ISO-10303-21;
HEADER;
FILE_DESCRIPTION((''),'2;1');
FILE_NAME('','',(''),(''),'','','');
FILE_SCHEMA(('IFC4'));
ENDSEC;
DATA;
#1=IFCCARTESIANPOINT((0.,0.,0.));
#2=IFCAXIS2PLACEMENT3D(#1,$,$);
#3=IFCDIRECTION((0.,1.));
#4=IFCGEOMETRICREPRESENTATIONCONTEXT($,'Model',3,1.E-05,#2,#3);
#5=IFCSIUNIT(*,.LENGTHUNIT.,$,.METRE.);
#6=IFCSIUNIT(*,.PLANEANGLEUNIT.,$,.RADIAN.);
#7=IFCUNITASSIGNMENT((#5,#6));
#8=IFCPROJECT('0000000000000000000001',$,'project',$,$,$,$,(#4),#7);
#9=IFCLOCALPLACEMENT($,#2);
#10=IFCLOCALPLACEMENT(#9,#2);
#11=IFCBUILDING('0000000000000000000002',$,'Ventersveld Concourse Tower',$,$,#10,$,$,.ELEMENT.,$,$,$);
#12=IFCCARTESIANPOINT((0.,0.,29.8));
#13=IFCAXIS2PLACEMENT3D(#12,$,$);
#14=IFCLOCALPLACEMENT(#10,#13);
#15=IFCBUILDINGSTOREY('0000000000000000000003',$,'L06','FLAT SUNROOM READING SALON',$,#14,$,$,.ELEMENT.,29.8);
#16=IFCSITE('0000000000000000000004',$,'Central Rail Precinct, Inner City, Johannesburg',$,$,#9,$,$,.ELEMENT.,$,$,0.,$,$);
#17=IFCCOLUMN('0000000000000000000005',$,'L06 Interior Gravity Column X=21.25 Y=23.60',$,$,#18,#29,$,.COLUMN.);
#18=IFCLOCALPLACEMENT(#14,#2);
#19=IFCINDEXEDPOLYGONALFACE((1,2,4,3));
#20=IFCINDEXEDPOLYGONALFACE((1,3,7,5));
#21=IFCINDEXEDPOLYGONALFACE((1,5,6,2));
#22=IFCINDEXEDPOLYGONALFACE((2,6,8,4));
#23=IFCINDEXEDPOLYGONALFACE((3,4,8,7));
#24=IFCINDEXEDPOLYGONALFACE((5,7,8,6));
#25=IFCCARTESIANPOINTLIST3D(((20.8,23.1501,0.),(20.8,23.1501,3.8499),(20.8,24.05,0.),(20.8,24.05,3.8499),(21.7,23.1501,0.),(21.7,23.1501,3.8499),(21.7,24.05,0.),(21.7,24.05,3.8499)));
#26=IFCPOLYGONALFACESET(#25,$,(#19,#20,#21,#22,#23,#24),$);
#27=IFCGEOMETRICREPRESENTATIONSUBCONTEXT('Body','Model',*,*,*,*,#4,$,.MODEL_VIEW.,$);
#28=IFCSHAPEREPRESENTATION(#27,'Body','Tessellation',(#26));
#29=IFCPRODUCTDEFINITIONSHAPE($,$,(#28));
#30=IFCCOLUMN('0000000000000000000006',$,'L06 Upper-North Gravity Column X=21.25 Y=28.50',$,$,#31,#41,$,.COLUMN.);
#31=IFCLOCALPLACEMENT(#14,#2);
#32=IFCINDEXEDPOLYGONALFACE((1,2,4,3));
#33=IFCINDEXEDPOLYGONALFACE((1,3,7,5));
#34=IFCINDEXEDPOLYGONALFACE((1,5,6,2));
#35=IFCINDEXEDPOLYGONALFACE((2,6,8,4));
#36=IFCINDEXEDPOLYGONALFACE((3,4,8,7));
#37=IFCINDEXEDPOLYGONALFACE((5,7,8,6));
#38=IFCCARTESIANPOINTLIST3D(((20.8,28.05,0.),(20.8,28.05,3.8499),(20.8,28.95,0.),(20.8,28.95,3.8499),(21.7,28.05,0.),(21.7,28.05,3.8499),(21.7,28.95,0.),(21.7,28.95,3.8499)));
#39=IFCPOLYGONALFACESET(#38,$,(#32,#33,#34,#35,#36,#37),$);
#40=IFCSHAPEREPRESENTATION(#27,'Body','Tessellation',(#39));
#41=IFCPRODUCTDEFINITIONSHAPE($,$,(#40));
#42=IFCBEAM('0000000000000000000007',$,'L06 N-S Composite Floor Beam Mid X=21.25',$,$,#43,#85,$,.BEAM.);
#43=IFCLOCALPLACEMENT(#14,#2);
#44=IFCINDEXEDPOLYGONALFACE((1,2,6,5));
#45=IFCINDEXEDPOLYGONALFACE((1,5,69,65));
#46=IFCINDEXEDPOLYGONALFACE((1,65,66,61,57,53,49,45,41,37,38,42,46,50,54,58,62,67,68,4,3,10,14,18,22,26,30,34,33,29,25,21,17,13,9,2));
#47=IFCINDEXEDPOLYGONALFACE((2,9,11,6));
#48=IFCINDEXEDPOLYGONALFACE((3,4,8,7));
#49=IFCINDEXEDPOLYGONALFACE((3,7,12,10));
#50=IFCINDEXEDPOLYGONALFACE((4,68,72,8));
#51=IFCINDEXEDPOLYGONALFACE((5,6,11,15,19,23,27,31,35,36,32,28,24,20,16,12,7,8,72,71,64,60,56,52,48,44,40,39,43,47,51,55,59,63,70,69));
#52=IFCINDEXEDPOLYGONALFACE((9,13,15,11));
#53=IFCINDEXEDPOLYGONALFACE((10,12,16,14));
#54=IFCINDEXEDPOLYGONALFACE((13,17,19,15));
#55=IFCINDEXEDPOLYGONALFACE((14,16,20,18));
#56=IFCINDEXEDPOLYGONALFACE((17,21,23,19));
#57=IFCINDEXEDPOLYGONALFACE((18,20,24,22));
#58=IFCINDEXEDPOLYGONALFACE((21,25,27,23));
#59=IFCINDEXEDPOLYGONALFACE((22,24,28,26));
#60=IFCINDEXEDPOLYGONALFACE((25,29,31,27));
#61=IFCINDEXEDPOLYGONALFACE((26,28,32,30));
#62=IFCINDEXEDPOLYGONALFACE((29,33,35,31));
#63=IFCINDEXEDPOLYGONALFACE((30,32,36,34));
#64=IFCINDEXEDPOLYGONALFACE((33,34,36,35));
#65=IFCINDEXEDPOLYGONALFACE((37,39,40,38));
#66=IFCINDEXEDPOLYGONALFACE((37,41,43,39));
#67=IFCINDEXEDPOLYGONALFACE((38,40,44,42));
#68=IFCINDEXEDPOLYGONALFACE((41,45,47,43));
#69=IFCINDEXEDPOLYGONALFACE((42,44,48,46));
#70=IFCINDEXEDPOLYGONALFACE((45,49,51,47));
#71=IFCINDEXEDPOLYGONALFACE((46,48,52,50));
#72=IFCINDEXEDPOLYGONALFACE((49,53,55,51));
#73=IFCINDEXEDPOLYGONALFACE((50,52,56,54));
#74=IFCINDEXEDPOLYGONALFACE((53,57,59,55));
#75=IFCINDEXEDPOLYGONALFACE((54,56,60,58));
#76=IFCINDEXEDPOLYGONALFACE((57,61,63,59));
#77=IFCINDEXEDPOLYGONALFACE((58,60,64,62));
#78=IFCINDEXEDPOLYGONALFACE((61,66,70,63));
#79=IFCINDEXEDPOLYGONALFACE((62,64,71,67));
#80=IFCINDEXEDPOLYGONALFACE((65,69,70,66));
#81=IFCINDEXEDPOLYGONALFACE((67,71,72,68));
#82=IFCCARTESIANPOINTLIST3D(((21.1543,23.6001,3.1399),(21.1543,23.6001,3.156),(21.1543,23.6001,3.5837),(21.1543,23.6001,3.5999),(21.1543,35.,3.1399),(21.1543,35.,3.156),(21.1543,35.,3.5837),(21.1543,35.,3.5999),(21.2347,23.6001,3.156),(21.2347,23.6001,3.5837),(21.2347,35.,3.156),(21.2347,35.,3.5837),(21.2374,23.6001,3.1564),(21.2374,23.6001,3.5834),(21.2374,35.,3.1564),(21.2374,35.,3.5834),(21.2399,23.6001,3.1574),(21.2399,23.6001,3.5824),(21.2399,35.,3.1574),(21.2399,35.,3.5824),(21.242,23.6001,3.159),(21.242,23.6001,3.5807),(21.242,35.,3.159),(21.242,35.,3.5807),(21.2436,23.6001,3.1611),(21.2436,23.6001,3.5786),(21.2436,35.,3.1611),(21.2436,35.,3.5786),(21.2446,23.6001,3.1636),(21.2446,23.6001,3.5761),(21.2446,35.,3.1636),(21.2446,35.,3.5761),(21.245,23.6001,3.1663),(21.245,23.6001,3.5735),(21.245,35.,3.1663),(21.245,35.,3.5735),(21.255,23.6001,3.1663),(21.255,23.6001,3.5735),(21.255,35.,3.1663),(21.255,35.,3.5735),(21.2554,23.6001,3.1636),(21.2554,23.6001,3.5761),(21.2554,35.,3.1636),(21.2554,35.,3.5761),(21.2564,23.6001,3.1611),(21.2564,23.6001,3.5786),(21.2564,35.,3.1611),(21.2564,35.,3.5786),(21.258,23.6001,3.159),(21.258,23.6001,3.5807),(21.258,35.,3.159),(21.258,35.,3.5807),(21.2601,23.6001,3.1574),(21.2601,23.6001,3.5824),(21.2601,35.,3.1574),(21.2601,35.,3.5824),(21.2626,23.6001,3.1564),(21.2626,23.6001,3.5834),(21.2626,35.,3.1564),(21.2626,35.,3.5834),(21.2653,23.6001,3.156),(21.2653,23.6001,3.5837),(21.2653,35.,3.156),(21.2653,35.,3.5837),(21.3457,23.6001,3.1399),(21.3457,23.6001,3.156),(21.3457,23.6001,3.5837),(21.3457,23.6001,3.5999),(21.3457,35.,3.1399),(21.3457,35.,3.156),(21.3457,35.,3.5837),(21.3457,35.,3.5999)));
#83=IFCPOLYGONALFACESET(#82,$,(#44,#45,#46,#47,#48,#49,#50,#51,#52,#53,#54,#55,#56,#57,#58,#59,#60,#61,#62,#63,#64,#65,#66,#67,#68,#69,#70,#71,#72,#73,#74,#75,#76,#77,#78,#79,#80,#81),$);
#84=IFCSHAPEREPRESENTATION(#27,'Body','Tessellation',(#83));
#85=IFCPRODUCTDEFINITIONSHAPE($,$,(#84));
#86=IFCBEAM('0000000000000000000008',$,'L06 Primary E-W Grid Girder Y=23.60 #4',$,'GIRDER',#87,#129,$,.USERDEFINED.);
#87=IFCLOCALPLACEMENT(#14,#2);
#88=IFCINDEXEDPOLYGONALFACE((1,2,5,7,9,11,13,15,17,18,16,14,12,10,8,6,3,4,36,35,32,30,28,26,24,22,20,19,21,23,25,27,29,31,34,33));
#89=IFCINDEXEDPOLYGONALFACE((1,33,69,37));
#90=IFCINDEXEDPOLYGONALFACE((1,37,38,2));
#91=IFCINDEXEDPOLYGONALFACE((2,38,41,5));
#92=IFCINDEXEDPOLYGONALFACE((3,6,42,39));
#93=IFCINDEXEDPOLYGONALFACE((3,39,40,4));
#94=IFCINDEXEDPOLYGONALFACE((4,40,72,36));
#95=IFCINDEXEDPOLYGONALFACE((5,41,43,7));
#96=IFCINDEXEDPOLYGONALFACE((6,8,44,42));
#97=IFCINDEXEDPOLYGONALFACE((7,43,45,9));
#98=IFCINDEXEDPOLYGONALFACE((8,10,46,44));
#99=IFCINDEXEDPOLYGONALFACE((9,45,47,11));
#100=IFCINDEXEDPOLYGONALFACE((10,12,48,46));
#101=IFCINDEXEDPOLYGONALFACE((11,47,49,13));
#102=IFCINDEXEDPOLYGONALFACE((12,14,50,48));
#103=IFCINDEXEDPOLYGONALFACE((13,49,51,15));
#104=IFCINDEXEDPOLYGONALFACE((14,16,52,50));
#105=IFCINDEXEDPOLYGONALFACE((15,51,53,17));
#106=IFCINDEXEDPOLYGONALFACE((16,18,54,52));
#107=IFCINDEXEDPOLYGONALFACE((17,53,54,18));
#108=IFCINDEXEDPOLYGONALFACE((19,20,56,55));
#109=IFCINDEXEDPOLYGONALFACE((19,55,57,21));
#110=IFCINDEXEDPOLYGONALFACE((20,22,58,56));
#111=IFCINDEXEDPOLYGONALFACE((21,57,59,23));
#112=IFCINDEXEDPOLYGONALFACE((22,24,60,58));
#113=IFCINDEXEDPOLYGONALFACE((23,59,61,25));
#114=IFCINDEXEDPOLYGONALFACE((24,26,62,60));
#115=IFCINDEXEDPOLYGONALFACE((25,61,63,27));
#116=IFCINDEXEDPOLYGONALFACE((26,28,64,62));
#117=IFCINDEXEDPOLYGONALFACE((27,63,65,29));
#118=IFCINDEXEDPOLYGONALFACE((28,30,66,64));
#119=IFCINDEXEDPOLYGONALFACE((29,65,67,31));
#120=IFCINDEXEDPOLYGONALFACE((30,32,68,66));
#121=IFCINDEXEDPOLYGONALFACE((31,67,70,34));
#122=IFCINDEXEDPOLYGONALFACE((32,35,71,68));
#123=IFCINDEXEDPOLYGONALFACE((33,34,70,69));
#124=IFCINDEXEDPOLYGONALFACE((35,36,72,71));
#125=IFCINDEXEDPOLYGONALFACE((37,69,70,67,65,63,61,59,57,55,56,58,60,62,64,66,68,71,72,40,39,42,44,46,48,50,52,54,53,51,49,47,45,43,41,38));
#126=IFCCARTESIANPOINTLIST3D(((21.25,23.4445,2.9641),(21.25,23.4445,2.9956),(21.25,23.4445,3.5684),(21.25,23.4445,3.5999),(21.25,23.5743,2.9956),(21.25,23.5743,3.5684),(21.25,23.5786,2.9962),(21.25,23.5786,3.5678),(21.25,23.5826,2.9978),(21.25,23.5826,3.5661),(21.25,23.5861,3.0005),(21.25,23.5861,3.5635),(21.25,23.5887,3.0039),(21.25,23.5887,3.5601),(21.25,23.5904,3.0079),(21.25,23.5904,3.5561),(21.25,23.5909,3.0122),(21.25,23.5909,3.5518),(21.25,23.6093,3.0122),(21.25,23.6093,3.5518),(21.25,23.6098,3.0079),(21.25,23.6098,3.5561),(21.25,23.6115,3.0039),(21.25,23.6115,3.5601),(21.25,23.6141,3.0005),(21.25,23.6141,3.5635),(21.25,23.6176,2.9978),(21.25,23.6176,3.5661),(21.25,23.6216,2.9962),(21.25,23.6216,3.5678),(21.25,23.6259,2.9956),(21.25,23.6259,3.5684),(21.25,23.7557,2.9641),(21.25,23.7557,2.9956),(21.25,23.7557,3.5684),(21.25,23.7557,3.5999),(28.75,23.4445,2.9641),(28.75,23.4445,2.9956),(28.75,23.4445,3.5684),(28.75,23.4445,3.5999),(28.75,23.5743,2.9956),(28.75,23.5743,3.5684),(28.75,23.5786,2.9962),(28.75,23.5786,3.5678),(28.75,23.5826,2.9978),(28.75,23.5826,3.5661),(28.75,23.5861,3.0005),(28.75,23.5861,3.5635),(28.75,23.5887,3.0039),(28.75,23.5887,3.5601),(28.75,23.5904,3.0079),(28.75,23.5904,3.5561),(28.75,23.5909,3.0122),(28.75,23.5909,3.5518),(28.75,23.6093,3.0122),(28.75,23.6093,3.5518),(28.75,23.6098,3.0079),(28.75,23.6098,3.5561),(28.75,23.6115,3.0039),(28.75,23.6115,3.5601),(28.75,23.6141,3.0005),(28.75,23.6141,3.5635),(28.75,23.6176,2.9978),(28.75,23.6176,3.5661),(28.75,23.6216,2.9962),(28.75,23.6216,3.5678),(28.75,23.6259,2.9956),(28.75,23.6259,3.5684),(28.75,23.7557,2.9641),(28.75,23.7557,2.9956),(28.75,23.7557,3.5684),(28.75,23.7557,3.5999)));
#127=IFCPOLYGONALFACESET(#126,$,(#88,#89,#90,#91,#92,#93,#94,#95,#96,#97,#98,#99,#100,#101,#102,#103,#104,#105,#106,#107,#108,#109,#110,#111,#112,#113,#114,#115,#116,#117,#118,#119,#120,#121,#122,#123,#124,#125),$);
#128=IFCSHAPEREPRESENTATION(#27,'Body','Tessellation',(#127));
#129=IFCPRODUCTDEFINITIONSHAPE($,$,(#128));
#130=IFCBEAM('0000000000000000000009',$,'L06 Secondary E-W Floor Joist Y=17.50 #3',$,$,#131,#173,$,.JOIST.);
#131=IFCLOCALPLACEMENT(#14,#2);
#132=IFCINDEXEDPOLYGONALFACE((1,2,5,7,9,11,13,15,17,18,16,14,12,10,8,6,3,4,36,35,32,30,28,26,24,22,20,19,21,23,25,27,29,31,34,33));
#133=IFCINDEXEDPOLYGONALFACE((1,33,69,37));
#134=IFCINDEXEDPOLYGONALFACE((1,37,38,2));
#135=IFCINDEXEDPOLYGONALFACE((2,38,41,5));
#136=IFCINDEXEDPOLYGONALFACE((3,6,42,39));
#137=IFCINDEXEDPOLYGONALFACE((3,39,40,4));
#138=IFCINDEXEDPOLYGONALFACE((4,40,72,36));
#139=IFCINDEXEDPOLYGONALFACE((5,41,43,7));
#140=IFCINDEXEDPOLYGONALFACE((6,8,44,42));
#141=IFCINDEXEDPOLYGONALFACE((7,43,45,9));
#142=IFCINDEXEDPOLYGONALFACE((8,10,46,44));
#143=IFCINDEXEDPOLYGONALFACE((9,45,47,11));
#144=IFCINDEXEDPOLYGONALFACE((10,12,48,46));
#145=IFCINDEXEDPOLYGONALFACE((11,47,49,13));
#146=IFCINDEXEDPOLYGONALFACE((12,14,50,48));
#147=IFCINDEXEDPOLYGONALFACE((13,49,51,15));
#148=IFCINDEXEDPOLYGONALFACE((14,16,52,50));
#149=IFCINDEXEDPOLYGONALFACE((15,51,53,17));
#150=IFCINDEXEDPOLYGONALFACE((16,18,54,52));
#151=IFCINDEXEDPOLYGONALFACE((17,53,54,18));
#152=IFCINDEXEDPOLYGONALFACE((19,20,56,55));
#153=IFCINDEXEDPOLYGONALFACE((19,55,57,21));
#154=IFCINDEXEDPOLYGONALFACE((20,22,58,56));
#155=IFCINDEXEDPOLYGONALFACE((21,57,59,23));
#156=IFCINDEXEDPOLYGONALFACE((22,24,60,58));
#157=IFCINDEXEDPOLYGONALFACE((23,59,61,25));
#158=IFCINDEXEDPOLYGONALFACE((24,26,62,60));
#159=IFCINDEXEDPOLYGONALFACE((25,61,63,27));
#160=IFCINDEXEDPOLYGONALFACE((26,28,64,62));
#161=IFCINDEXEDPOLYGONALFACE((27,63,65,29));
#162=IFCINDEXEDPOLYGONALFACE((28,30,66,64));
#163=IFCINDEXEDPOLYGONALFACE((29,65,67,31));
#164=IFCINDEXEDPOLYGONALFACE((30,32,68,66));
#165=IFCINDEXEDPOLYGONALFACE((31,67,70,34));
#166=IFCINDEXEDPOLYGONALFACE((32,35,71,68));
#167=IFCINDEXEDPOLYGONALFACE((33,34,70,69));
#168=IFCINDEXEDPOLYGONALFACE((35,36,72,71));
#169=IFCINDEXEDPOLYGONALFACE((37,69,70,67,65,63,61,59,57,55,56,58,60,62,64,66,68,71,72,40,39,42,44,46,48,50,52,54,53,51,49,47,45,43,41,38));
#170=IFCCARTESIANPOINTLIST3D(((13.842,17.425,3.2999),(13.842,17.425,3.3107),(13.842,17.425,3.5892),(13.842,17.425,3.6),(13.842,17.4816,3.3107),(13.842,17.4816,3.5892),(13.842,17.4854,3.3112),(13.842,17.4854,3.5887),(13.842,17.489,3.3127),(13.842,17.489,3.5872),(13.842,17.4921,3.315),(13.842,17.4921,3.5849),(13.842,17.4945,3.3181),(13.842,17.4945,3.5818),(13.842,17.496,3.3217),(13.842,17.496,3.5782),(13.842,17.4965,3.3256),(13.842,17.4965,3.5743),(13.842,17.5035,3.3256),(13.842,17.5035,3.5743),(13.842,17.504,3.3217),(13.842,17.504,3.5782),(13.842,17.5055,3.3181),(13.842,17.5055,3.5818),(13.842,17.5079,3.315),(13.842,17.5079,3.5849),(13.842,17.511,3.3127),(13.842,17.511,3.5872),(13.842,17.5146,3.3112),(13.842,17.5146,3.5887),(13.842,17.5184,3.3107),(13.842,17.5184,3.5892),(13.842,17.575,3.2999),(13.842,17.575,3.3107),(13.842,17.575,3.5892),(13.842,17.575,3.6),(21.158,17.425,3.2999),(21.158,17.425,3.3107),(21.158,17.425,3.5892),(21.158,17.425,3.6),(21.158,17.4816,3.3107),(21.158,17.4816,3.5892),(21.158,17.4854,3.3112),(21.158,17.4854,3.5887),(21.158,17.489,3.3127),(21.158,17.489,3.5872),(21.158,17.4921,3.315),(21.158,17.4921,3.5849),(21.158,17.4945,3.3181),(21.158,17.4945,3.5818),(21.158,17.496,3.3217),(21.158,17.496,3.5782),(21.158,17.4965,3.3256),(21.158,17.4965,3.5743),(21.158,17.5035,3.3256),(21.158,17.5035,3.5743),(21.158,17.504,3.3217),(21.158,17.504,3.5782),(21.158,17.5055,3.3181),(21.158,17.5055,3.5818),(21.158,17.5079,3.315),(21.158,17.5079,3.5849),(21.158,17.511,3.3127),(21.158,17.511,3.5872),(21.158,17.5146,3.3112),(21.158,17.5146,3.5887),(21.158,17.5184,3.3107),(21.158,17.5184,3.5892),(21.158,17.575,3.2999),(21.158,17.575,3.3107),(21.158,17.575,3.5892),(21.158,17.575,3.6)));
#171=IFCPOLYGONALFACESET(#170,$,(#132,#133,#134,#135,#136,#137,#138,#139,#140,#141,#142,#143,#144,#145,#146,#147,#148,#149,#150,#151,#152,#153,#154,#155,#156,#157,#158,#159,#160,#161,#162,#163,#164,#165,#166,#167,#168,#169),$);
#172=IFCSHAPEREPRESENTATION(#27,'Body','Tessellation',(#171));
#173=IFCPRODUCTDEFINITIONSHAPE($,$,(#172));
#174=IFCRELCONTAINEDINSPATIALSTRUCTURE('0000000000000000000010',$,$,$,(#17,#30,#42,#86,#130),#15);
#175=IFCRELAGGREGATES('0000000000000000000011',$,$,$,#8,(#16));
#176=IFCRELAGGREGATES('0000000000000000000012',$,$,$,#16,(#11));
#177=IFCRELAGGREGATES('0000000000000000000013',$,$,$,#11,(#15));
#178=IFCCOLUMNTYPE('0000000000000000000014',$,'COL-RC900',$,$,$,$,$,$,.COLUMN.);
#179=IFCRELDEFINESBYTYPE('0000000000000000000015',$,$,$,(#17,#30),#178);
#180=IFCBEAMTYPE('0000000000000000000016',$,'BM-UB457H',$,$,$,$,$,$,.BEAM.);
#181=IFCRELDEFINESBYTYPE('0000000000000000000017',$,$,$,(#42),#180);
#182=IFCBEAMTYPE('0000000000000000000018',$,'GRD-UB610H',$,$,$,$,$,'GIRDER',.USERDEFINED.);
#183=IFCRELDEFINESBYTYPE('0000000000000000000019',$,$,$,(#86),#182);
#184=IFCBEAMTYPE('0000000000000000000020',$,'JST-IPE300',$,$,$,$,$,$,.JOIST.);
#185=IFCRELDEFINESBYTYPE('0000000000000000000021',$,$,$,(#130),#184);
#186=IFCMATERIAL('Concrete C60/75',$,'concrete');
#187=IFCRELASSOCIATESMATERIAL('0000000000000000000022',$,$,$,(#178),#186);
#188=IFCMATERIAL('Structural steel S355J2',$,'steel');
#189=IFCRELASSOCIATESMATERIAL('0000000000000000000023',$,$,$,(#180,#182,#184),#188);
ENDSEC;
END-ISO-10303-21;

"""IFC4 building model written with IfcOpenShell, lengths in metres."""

from ifc_helpers import new_model, si_unit, direction, frame, origin, origin_2d, place, context, subcontext, project, spatial, rectangle, i_section, extrude, material, material_profile, profile_set, type_object, element, save


model = new_model("IFC4")

# Units and contexts
model_context = context("Model", 3, precision=1e-05, world=origin(), true_north=direction((0.0, 1.0)))
body_context = subcontext(model_context, "Body", "Model", "MODEL_VIEW")
ifc_project = project(units=[si_unit("LENGTHUNIT", "METRE"), si_unit("PLANEANGLEUNIT", "RADIAN")], contexts=[model_context])

# Site, building, storey
site_placement = place(None, origin())
site = spatial("IfcSite", under=ifc_project, at=site_placement, Name="Central Rail Precinct, Inner City, Johannesburg", CompositionType="ELEMENT", RefElevation=0.0)
building_placement = place(site_placement, origin())
building = spatial("IfcBuilding", under=site, at=building_placement, Name="Ventersveld Concourse Tower", CompositionType="ELEMENT")
storey_placement = place(building_placement, frame((0.0, 0.0, 29.8)))
storey = spatial("IfcBuildingStorey", under=building, at=storey_placement, Name="L06", Description="FLAT SUNROOM READING SALON", CompositionType="ELEMENT", Elevation=29.8)

# Columns
ifc_material_1 = material(Name="Concrete C60/75", Category="concrete")
ifc_material_profile_1 = material_profile(ifc_material_1, rectangle(XDim=0.8999, YDim=0.8999, at=origin_2d()), Name="RC 900x900")
ifc_profile_set_1 = profile_set([ifc_material_profile_1], Name="Concrete C60/75")
column_type = type_object("IfcColumnType", Name="COL-RC900", PredefinedType="COLUMN", material=ifc_profile_set_1)
for number, where, z_axis, x_axis, name in (
    (1, (21.25, 23.6001, 0.0), (0.0, 0.0, 1.0), (1.0, 0.0, 0.0), "L06 Interior Gravity Column X=21.25 Y=23.60"),
    (2, (21.25, 28.5, 0.0), (0.0, 0.0, 1.0), (1.0, 0.0, 0.0), "L06 Upper-North Gravity Column X=21.25 Y=28.50"),
):
    element("IfcColumn", number, at=place(storey_placement, frame(where, z_axis=z_axis, x_axis=x_axis)), inside=storey, type_object=column_type, Name=name, PredefinedType="COLUMN", context=body_context, shape_type="SweptSolid", body=[
        extrude(rectangle(XDim=0.8999, YDim=0.8999, at=origin_2d()), origin(), (0.0, 0.0, 1.0), 3.8499),
    ])

# Beams
ifc_material_2 = material(Name="Structural steel S355J2", Category="steel")
ifc_material_profile_2 = material_profile(ifc_material_2, i_section(OverallWidth=0.1914, OverallDepth=0.46, WebThickness=0.01, FlangeThickness=0.0161, FilletRadius=0.0103, at=origin_2d()), Name="UB 457x191x82")
ifc_profile_set_2 = profile_set([ifc_material_profile_2], Name="Structural steel S355J2")
beam_type_1 = type_object("IfcBeamType", Name="BM-UB457H", PredefinedType="BEAM", material=ifc_profile_set_2)
beam_1_placement = place(storey_placement, frame((21.25, 23.6001, 3.3699), z_axis=(0.0, 1.0, 0.0), x_axis=(-1.0, 0.0, 0.0)))
element("IfcBeam", 3, at=beam_1_placement, inside=storey, type_object=beam_type_1, Name="L06 N-S Composite Floor Beam Mid X=21.25", PredefinedType="BEAM", context=body_context, shape_type="SweptSolid", body=[
    extrude(i_section(OverallWidth=0.1914, OverallDepth=0.46, WebThickness=0.01, FlangeThickness=0.0161, FilletRadius=0.0103, at=origin_2d()), origin(), (0.0, 0.0, 1.0), 11.3999),
])
ifc_material_profile_3 = material_profile(ifc_material_2, i_section(OverallWidth=0.3113, OverallDepth=0.6357, WebThickness=0.0183, FlangeThickness=0.0315, FilletRadius=0.0166, at=origin_2d()), Name="UB 610x305x238")
ifc_profile_set_3 = profile_set([ifc_material_profile_3], Name="Structural steel S355J2")
beam_type_2 = type_object("IfcBeamType", Name="GRD-UB610H", ElementType="GIRDER", PredefinedType="USERDEFINED", material=ifc_profile_set_3)
beam_2_placement = place(storey_placement, frame((21.25, 23.6001, 3.282), z_axis=(1.0, 0.0, 0.0), x_axis=(0.0, 1.0, 0.0)))
element("IfcBeam", 4, at=beam_2_placement, inside=storey, type_object=beam_type_2, Name="L06 Primary E-W Grid Girder Y=23.60 #4", ObjectType="GIRDER", PredefinedType="USERDEFINED", context=body_context, shape_type="SweptSolid", body=[
    extrude(i_section(OverallWidth=0.3113, OverallDepth=0.6357, WebThickness=0.0183, FlangeThickness=0.0315, FilletRadius=0.0166, at=origin_2d()), origin(), (0.0, 0.0, 1.0), 7.5),
])
ifc_material_profile_4 = material_profile(ifc_material_2, i_section(OverallWidth=0.1499, OverallDepth=0.3, WebThickness=0.0071, FlangeThickness=0.0107, FilletRadius=0.0149, at=origin_2d()), Name="IPE 300")
ifc_profile_set_4 = profile_set([ifc_material_profile_4], Name="Structural steel S355J2")
beam_type_3 = type_object("IfcBeamType", Name="JST-IPE300", PredefinedType="JOIST", material=ifc_profile_set_4)
for number, where, z_axis, x_axis, name in (
    (5, (13.842, 17.5, 3.45), (1.0, 0.0, 0.0), (0.0, 1.0, 0.0), "L06 Secondary E-W Floor Joist Y=17.50 #3"),
):
    element("IfcBeam", number, at=place(storey_placement, frame(where, z_axis=z_axis, x_axis=x_axis)), inside=storey, type_object=beam_type_3, Name=name, PredefinedType="JOIST", context=body_context, shape_type="SweptSolid", body=[
        extrude(i_section(OverallWidth=0.1499, OverallDepth=0.3, WebThickness=0.0071, FlangeThickness=0.0107, FilletRadius=0.0149, at=origin_2d()), origin(), (0.0, 0.0, 1.0), 7.3159),
    ])

save(model, "model.ifc")
